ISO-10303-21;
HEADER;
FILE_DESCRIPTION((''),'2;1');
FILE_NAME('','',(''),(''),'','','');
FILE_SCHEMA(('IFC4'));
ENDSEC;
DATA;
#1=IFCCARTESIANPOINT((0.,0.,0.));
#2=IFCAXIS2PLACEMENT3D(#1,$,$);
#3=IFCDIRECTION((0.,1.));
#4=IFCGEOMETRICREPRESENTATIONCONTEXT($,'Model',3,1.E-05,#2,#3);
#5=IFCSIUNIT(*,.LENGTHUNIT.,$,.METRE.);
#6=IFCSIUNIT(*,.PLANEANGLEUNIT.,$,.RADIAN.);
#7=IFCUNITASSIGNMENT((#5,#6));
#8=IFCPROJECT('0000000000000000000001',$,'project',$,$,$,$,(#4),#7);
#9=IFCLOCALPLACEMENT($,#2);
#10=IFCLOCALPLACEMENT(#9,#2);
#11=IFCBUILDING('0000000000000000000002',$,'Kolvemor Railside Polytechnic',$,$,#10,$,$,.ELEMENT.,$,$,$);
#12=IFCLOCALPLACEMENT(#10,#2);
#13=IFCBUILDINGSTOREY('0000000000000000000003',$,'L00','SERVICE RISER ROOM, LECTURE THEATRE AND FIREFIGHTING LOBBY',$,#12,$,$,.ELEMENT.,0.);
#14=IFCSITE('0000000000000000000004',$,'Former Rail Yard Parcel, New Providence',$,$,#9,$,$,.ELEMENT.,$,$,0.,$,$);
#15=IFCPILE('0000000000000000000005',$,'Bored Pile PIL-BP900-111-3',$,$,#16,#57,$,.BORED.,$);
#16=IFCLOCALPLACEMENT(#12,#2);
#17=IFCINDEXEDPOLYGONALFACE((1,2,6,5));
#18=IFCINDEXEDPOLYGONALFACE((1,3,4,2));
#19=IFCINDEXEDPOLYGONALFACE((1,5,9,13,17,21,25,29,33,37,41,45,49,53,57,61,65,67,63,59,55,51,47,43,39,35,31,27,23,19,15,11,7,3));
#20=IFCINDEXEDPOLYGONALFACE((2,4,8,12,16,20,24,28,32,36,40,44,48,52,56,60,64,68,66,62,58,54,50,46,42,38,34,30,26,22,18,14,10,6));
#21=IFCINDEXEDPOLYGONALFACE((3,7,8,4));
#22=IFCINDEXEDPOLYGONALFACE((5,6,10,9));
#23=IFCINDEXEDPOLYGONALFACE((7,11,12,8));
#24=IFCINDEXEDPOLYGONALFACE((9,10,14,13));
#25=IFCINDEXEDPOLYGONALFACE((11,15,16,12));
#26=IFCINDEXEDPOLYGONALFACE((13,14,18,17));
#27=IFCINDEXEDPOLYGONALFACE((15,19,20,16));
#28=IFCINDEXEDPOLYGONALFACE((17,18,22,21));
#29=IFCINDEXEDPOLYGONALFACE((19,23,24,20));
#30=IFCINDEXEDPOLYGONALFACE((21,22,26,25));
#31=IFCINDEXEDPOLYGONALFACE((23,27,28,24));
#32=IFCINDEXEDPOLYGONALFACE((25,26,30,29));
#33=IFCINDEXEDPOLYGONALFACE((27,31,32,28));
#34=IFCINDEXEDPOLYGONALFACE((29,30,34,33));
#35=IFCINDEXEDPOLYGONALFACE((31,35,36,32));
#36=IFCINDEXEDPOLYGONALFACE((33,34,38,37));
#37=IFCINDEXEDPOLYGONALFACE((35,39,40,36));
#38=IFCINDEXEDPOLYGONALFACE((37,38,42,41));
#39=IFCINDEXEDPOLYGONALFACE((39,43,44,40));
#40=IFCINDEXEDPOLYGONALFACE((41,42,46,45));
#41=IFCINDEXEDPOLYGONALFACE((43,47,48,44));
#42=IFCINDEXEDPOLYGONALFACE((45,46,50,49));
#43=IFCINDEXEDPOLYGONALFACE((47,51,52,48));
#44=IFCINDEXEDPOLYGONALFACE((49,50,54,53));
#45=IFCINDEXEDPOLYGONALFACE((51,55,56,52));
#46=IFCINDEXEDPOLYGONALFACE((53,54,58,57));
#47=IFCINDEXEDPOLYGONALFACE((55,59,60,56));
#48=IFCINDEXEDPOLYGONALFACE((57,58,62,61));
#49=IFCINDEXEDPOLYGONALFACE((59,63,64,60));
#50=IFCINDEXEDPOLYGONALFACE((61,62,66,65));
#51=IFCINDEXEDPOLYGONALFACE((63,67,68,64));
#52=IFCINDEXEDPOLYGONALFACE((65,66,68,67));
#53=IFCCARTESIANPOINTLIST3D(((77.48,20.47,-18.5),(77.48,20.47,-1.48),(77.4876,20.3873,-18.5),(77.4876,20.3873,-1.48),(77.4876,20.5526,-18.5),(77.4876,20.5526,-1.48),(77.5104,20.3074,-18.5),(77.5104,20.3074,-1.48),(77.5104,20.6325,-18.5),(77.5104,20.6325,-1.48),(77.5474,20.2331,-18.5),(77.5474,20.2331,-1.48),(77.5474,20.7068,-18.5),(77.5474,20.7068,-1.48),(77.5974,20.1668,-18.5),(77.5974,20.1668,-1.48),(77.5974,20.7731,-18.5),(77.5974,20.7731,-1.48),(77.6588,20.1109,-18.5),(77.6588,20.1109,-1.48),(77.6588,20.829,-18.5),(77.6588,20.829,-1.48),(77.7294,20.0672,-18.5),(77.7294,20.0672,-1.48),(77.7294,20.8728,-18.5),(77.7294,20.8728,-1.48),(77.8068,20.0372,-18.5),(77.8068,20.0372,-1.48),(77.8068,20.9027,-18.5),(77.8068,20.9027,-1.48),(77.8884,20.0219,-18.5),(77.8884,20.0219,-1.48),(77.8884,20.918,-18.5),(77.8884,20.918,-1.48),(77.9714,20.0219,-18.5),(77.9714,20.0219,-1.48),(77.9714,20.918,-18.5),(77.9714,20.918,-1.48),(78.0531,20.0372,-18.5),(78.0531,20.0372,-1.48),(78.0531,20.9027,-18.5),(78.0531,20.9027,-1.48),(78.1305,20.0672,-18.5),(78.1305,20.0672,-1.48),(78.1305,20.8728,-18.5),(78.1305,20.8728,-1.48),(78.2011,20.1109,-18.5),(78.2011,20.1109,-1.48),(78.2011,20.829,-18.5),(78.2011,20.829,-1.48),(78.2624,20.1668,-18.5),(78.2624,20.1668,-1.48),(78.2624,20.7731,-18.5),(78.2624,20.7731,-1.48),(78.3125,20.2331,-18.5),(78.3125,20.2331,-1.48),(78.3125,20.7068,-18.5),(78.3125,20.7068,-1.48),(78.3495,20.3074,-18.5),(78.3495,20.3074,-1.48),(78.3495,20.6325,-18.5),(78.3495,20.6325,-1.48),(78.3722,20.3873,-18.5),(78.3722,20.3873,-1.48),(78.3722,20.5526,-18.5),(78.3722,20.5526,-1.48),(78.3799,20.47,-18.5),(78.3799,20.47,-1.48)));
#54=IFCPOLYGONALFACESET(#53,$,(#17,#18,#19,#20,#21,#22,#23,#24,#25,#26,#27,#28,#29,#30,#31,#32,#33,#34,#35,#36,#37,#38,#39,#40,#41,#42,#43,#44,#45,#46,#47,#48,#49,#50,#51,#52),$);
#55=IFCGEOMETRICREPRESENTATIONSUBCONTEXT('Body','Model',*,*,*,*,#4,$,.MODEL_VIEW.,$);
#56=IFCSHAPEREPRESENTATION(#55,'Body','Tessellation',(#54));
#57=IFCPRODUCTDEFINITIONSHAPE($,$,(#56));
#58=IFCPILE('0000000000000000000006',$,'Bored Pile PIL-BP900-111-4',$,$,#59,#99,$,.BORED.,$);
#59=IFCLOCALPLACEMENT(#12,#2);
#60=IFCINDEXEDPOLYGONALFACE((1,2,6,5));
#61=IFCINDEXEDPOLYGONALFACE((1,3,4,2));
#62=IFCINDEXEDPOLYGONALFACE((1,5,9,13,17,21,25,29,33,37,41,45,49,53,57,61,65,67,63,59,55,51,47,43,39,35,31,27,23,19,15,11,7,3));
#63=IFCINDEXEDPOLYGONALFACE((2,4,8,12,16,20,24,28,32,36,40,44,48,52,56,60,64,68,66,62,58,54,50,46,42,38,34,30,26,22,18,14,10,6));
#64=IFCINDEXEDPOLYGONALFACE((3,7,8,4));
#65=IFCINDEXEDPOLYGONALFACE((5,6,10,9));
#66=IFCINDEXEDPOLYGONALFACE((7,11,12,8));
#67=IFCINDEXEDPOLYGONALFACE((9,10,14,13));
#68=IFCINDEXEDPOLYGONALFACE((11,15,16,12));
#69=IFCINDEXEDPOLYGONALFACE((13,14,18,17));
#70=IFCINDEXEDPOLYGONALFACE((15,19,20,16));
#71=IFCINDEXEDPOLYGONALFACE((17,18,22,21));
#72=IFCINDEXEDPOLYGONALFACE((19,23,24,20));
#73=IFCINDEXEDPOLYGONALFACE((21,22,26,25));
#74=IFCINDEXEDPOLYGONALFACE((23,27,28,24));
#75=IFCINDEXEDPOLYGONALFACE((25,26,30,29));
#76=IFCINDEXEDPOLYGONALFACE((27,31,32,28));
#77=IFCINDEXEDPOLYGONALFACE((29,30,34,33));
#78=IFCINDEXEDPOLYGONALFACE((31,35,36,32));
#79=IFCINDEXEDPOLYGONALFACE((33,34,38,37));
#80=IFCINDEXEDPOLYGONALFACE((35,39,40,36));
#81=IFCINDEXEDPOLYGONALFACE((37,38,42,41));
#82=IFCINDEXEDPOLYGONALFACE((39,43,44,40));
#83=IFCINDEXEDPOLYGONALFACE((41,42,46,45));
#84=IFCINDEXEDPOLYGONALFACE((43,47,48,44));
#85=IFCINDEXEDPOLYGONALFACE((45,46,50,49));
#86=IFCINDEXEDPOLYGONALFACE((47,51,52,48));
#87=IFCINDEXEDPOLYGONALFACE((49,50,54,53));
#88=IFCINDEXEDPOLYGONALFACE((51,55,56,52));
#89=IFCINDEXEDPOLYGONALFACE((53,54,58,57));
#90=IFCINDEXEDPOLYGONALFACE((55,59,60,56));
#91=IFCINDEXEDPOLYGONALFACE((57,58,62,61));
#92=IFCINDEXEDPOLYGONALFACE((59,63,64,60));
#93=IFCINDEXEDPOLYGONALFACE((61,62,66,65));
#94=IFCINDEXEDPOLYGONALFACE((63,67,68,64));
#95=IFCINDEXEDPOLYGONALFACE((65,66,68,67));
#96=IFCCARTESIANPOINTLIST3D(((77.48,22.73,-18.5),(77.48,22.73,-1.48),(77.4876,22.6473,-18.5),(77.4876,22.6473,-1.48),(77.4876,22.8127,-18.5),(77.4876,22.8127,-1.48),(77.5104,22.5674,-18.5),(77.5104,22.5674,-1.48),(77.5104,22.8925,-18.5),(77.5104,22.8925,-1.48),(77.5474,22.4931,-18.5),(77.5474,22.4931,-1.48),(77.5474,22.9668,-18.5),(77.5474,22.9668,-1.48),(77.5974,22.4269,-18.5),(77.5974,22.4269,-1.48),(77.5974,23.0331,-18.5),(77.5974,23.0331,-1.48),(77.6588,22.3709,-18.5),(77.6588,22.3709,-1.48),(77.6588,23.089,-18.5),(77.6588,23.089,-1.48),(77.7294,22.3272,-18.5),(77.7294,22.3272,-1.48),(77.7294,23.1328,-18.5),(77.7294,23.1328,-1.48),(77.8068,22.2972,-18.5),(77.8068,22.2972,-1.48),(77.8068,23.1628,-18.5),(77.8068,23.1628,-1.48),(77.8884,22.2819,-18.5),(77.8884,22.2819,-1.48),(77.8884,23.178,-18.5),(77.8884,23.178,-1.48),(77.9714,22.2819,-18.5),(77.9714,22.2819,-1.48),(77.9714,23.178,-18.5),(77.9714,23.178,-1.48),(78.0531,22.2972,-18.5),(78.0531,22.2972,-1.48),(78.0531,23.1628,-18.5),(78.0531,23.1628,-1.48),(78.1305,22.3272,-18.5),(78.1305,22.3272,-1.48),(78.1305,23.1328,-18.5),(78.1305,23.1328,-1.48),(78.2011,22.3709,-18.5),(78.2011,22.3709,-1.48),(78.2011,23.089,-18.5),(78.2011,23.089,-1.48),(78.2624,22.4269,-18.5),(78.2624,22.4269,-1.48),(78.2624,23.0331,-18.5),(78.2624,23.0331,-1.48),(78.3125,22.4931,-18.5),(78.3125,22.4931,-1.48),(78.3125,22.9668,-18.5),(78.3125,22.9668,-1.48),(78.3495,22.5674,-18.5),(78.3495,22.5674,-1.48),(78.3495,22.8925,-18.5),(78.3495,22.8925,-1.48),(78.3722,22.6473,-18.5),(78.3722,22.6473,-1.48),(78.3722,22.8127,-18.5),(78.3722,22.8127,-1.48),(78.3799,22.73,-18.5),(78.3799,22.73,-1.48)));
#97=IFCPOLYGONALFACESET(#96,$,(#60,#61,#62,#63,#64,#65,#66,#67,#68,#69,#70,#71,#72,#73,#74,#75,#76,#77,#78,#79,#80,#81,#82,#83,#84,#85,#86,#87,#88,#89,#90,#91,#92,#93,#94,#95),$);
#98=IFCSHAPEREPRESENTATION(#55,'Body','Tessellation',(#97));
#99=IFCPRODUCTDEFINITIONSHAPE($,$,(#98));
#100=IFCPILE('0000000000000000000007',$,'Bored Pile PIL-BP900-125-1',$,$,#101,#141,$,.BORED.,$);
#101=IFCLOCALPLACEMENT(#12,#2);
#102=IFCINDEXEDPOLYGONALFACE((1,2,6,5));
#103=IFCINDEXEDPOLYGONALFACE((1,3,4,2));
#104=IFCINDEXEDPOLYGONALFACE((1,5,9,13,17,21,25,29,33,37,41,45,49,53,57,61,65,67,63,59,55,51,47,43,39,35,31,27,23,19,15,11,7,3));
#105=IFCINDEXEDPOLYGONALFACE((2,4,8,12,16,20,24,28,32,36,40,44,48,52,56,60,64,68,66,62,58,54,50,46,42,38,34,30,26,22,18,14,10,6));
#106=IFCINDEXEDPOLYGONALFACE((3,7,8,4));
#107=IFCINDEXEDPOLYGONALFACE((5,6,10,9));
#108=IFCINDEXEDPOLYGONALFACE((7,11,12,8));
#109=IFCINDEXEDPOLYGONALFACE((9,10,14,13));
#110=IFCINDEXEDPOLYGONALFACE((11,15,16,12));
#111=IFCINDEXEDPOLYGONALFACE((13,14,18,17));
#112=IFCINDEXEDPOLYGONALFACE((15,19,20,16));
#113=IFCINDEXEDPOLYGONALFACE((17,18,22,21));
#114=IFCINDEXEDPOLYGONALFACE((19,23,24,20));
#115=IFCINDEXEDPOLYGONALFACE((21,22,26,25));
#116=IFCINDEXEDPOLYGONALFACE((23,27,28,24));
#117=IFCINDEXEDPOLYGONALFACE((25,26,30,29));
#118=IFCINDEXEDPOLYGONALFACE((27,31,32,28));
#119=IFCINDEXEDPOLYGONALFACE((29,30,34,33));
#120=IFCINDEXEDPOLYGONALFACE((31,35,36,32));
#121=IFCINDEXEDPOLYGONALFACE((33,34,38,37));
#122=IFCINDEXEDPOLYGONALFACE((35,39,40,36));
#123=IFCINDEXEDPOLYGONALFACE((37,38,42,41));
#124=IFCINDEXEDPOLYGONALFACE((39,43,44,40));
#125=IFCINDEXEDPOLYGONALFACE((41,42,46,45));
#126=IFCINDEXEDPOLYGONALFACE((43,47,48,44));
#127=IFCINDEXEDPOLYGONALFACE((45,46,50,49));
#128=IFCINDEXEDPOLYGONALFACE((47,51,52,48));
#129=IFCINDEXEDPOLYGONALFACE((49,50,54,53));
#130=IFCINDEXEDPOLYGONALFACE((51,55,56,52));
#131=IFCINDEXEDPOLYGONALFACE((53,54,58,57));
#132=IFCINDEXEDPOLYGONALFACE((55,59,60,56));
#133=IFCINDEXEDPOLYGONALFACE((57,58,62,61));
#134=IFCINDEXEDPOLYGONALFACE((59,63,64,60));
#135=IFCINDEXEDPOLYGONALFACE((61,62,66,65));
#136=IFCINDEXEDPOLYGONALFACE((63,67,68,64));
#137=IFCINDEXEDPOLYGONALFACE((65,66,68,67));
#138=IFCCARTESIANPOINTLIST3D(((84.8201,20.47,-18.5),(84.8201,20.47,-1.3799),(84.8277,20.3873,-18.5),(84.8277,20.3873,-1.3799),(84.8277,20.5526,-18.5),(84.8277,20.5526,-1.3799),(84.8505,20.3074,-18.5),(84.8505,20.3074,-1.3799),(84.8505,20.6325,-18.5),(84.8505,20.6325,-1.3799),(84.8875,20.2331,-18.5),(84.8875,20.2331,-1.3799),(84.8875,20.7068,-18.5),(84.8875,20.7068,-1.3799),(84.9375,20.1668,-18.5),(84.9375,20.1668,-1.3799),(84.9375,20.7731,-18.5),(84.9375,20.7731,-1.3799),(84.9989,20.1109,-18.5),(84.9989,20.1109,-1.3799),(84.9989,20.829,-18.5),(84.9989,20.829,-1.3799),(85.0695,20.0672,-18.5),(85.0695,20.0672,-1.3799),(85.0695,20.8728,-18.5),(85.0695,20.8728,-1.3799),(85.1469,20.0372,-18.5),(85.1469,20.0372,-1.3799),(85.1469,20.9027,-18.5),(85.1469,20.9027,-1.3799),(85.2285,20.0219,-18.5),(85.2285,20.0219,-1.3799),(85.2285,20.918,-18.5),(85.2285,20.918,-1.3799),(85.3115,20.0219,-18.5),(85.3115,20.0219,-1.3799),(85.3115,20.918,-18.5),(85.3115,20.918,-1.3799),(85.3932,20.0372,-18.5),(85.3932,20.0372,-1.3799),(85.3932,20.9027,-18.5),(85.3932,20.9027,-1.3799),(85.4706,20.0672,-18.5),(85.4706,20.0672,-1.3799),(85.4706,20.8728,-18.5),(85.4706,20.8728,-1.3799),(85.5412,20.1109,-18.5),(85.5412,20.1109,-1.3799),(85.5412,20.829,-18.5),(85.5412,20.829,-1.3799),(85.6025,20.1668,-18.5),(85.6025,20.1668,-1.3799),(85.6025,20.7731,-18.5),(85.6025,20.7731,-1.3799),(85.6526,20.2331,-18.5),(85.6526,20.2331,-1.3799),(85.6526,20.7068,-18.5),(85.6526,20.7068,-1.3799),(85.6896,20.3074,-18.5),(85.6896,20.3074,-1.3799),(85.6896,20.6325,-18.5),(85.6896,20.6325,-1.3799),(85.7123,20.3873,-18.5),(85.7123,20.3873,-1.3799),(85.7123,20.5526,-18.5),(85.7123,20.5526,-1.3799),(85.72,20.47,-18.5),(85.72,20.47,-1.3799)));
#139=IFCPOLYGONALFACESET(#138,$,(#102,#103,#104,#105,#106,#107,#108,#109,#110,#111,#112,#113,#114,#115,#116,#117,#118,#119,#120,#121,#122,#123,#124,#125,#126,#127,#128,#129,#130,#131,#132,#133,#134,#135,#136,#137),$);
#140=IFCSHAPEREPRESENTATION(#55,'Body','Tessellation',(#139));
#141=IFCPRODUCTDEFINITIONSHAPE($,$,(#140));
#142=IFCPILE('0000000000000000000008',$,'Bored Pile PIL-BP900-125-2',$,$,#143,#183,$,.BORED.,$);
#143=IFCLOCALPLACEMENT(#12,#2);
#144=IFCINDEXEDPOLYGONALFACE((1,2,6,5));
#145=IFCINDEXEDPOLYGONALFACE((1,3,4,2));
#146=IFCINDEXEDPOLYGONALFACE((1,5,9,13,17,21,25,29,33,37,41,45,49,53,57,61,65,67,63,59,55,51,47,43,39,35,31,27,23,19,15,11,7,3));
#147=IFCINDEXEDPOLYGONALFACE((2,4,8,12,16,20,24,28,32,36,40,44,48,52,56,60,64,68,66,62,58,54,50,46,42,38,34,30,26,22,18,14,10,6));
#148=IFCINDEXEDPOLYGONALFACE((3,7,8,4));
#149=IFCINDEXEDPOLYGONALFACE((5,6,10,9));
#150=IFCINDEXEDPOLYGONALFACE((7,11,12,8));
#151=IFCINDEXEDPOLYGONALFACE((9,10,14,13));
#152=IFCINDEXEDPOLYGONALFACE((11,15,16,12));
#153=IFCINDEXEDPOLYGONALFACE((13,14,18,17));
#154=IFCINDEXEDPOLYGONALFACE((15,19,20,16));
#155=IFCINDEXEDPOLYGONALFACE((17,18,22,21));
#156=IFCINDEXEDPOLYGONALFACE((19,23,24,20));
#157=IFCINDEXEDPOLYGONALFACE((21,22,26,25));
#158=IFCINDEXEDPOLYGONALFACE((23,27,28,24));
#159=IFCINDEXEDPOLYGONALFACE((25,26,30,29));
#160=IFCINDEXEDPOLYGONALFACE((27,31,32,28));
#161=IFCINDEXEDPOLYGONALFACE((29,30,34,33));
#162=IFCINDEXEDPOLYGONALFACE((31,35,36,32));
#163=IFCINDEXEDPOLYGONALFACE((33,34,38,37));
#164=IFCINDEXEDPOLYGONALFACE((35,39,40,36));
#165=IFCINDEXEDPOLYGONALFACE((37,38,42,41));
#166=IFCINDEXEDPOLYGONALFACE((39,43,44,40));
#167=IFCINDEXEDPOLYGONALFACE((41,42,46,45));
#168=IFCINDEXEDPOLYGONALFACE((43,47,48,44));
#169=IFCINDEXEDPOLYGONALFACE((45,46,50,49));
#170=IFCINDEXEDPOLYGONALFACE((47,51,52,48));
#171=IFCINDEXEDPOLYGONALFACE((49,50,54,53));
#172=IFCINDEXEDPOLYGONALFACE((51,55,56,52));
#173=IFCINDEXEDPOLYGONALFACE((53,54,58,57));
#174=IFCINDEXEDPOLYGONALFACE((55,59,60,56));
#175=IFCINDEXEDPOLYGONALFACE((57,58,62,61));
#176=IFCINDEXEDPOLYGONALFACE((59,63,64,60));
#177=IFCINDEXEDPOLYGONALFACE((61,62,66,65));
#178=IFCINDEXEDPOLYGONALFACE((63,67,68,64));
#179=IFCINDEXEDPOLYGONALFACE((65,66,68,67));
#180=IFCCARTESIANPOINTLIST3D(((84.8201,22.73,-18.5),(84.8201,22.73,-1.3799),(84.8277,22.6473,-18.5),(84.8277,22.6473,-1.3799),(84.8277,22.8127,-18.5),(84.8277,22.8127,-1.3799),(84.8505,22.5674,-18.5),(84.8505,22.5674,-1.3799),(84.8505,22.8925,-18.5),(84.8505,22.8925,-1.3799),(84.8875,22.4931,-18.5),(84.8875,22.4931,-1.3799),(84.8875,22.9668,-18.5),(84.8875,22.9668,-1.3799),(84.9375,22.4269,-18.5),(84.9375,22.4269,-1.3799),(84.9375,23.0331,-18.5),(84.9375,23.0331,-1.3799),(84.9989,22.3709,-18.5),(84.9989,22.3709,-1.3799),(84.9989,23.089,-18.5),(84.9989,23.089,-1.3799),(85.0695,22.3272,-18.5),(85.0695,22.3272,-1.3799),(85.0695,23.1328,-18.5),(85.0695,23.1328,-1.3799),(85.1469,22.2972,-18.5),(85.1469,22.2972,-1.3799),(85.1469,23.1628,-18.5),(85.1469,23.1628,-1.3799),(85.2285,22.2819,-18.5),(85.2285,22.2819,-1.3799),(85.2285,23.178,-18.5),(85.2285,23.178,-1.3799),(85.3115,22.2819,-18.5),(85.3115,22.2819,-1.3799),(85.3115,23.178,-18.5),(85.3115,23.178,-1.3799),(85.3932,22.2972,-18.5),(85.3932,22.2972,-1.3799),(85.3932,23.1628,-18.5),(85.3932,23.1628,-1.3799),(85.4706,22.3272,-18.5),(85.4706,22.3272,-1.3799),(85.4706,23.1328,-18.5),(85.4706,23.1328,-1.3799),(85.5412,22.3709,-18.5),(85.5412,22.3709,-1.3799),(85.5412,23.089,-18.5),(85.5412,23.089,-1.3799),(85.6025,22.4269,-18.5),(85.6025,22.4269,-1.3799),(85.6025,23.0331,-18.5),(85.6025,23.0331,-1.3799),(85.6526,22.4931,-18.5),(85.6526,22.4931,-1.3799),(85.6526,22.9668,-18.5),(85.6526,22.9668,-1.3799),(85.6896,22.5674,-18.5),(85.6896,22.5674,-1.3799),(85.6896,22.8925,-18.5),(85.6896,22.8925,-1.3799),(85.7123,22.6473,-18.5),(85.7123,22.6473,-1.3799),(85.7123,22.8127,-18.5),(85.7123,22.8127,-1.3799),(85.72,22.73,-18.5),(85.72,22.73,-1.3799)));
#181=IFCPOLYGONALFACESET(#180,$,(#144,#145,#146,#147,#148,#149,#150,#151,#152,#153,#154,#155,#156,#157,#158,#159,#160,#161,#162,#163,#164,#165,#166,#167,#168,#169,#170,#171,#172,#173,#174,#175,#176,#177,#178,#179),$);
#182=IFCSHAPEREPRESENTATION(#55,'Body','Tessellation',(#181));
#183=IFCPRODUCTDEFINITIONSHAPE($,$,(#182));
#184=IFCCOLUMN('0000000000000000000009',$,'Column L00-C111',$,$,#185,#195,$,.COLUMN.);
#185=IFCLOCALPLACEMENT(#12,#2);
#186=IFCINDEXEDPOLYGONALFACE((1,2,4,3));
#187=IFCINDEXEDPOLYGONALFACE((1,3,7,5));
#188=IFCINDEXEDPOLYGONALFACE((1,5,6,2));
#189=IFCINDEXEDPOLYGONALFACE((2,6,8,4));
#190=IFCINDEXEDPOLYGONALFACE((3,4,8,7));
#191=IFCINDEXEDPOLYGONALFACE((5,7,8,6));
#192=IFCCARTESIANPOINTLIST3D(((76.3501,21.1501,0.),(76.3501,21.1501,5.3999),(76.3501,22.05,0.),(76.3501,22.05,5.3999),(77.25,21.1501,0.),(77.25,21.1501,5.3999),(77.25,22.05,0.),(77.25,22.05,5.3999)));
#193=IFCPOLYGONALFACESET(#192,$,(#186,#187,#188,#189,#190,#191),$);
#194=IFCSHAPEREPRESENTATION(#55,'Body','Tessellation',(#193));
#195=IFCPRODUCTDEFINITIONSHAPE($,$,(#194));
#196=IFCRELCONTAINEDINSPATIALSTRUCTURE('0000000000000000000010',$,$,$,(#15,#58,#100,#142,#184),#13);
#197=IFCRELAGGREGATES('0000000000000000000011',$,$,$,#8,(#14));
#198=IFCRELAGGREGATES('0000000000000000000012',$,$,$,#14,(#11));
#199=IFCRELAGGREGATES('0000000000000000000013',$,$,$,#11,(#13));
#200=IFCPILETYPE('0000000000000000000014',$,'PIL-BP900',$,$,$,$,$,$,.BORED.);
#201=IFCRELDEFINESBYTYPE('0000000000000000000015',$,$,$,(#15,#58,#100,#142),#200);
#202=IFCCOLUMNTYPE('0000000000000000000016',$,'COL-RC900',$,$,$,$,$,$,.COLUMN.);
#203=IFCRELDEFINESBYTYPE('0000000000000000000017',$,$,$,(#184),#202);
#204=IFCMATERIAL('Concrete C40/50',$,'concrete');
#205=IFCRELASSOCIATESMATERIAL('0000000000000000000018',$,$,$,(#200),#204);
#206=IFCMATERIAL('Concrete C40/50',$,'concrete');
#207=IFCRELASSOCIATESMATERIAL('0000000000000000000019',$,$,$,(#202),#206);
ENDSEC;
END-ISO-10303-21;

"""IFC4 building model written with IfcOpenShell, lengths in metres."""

from ifc_helpers import new_model, si_unit, direction, frame, origin, origin_2d, place, context, subcontext, project, spatial, rectangle, circle, extrude, material, material_profile, profile_set, type_object, element, save


model = new_model("IFC4")

# Units and contexts
model_context = context("Model", 3, precision=1e-05, world=origin(), true_north=direction((0.0, 1.0)))
body_context = subcontext(model_context, "Body", "Model", "MODEL_VIEW")
ifc_project = project(units=[si_unit("LENGTHUNIT", "METRE"), si_unit("PLANEANGLEUNIT", "RADIAN")], contexts=[model_context])

# Site, building, storey
site_placement = place(None, origin())
site = spatial("IfcSite", under=ifc_project, at=site_placement, Name="Former Rail Yard Parcel, New Providence", CompositionType="ELEMENT", RefElevation=0.0)
building_placement = place(site_placement, origin())
building = spatial("IfcBuilding", under=site, at=building_placement, Name="Kolvemor Railside Polytechnic", CompositionType="ELEMENT")
storey_placement = place(building_placement, origin())
storey = spatial("IfcBuildingStorey", under=building, at=storey_placement, Name="L00", Description="SERVICE RISER ROOM, LECTURE THEATRE AND FIREFIGHTING LOBBY", CompositionType="ELEMENT", Elevation=0.0)

# Piles
ifc_material_1 = material(Name="Concrete C40/50", Category="concrete")
ifc_material_profile_1 = material_profile(ifc_material_1, circle(Radius=0.45, at=origin_2d()), Name="BP900")
ifc_profile_set_1 = profile_set([ifc_material_profile_1], Name="Concrete C40/50")
pile_type_1 = type_object("IfcPileType", Name="PIL-BP900", PredefinedType="BORED", material=ifc_profile_set_1)
for number, where, z_axis, x_axis, name in (
    (1, (77.9299, 20.47, -1.48), (0.0, 0.0, -1.0), (1.0, 0.0, 0.0), "Bored Pile PIL-BP900-111-3"),
    (2, (77.9299, 22.73, -1.48), (0.0, 0.0, -1.0), (1.0, 0.0, 0.0), "Bored Pile PIL-BP900-111-4"),
):
    element("IfcPile", number, at=place(storey_placement, frame(where, z_axis=z_axis, x_axis=x_axis)), inside=storey, type_object=pile_type_1, Name=name, PredefinedType="BORED", context=body_context, shape_type="SweptSolid", body=[
        extrude(circle(Radius=0.45, at=origin_2d()), origin(), (0.0, 0.0, 1.0), 17.02),
    ])
for number, where, z_axis, x_axis, name in (
    (3, (85.27, 20.47, -1.3799), (0.0, 0.0, -1.0), (1.0, 0.0, 0.0), "Bored Pile PIL-BP900-125-1"),
    (4, (85.27, 22.73, -1.3799), (0.0, 0.0, -1.0), (1.0, 0.0, 0.0), "Bored Pile PIL-BP900-125-2"),
):
    element("IfcPile", number, at=place(storey_placement, frame(where, z_axis=z_axis, x_axis=x_axis)), inside=storey, type_object=pile_type_1, Name=name, PredefinedType="BORED", context=body_context, shape_type="SweptSolid", body=[
        extrude(circle(Radius=0.45, at=origin_2d()), origin(), (0.0, 0.0, 1.0), 17.1201),
    ])

# Column
ifc_material_2 = material(Name="Concrete C40/50", Category="concrete")
ifc_material_profile_2 = material_profile(ifc_material_2, rectangle(XDim=0.8999, YDim=0.8999, at=origin_2d()), Name="RC900x900")
ifc_profile_set_2 = profile_set([ifc_material_profile_2], Name="Concrete C40/50")
column_type = type_object("IfcColumnType", Name="COL-RC900", PredefinedType="COLUMN", material=ifc_profile_set_2)
column_placement = place(storey_placement, frame((76.8, 21.6001, 0.0), z_axis=(0.0, 0.0, 1.0), x_axis=(1.0, 0.0, 0.0)))
element("IfcColumn", 5, at=column_placement, inside=storey, type_object=column_type, Name="Column L00-C111", PredefinedType="COLUMN", context=body_context, shape_type="SweptSolid", body=[
    extrude(rectangle(XDim=0.8999, YDim=0.8999, at=origin_2d()), origin(), (0.0, 0.0, 1.0), 5.3999),
])

save(model, "model.ifc")
